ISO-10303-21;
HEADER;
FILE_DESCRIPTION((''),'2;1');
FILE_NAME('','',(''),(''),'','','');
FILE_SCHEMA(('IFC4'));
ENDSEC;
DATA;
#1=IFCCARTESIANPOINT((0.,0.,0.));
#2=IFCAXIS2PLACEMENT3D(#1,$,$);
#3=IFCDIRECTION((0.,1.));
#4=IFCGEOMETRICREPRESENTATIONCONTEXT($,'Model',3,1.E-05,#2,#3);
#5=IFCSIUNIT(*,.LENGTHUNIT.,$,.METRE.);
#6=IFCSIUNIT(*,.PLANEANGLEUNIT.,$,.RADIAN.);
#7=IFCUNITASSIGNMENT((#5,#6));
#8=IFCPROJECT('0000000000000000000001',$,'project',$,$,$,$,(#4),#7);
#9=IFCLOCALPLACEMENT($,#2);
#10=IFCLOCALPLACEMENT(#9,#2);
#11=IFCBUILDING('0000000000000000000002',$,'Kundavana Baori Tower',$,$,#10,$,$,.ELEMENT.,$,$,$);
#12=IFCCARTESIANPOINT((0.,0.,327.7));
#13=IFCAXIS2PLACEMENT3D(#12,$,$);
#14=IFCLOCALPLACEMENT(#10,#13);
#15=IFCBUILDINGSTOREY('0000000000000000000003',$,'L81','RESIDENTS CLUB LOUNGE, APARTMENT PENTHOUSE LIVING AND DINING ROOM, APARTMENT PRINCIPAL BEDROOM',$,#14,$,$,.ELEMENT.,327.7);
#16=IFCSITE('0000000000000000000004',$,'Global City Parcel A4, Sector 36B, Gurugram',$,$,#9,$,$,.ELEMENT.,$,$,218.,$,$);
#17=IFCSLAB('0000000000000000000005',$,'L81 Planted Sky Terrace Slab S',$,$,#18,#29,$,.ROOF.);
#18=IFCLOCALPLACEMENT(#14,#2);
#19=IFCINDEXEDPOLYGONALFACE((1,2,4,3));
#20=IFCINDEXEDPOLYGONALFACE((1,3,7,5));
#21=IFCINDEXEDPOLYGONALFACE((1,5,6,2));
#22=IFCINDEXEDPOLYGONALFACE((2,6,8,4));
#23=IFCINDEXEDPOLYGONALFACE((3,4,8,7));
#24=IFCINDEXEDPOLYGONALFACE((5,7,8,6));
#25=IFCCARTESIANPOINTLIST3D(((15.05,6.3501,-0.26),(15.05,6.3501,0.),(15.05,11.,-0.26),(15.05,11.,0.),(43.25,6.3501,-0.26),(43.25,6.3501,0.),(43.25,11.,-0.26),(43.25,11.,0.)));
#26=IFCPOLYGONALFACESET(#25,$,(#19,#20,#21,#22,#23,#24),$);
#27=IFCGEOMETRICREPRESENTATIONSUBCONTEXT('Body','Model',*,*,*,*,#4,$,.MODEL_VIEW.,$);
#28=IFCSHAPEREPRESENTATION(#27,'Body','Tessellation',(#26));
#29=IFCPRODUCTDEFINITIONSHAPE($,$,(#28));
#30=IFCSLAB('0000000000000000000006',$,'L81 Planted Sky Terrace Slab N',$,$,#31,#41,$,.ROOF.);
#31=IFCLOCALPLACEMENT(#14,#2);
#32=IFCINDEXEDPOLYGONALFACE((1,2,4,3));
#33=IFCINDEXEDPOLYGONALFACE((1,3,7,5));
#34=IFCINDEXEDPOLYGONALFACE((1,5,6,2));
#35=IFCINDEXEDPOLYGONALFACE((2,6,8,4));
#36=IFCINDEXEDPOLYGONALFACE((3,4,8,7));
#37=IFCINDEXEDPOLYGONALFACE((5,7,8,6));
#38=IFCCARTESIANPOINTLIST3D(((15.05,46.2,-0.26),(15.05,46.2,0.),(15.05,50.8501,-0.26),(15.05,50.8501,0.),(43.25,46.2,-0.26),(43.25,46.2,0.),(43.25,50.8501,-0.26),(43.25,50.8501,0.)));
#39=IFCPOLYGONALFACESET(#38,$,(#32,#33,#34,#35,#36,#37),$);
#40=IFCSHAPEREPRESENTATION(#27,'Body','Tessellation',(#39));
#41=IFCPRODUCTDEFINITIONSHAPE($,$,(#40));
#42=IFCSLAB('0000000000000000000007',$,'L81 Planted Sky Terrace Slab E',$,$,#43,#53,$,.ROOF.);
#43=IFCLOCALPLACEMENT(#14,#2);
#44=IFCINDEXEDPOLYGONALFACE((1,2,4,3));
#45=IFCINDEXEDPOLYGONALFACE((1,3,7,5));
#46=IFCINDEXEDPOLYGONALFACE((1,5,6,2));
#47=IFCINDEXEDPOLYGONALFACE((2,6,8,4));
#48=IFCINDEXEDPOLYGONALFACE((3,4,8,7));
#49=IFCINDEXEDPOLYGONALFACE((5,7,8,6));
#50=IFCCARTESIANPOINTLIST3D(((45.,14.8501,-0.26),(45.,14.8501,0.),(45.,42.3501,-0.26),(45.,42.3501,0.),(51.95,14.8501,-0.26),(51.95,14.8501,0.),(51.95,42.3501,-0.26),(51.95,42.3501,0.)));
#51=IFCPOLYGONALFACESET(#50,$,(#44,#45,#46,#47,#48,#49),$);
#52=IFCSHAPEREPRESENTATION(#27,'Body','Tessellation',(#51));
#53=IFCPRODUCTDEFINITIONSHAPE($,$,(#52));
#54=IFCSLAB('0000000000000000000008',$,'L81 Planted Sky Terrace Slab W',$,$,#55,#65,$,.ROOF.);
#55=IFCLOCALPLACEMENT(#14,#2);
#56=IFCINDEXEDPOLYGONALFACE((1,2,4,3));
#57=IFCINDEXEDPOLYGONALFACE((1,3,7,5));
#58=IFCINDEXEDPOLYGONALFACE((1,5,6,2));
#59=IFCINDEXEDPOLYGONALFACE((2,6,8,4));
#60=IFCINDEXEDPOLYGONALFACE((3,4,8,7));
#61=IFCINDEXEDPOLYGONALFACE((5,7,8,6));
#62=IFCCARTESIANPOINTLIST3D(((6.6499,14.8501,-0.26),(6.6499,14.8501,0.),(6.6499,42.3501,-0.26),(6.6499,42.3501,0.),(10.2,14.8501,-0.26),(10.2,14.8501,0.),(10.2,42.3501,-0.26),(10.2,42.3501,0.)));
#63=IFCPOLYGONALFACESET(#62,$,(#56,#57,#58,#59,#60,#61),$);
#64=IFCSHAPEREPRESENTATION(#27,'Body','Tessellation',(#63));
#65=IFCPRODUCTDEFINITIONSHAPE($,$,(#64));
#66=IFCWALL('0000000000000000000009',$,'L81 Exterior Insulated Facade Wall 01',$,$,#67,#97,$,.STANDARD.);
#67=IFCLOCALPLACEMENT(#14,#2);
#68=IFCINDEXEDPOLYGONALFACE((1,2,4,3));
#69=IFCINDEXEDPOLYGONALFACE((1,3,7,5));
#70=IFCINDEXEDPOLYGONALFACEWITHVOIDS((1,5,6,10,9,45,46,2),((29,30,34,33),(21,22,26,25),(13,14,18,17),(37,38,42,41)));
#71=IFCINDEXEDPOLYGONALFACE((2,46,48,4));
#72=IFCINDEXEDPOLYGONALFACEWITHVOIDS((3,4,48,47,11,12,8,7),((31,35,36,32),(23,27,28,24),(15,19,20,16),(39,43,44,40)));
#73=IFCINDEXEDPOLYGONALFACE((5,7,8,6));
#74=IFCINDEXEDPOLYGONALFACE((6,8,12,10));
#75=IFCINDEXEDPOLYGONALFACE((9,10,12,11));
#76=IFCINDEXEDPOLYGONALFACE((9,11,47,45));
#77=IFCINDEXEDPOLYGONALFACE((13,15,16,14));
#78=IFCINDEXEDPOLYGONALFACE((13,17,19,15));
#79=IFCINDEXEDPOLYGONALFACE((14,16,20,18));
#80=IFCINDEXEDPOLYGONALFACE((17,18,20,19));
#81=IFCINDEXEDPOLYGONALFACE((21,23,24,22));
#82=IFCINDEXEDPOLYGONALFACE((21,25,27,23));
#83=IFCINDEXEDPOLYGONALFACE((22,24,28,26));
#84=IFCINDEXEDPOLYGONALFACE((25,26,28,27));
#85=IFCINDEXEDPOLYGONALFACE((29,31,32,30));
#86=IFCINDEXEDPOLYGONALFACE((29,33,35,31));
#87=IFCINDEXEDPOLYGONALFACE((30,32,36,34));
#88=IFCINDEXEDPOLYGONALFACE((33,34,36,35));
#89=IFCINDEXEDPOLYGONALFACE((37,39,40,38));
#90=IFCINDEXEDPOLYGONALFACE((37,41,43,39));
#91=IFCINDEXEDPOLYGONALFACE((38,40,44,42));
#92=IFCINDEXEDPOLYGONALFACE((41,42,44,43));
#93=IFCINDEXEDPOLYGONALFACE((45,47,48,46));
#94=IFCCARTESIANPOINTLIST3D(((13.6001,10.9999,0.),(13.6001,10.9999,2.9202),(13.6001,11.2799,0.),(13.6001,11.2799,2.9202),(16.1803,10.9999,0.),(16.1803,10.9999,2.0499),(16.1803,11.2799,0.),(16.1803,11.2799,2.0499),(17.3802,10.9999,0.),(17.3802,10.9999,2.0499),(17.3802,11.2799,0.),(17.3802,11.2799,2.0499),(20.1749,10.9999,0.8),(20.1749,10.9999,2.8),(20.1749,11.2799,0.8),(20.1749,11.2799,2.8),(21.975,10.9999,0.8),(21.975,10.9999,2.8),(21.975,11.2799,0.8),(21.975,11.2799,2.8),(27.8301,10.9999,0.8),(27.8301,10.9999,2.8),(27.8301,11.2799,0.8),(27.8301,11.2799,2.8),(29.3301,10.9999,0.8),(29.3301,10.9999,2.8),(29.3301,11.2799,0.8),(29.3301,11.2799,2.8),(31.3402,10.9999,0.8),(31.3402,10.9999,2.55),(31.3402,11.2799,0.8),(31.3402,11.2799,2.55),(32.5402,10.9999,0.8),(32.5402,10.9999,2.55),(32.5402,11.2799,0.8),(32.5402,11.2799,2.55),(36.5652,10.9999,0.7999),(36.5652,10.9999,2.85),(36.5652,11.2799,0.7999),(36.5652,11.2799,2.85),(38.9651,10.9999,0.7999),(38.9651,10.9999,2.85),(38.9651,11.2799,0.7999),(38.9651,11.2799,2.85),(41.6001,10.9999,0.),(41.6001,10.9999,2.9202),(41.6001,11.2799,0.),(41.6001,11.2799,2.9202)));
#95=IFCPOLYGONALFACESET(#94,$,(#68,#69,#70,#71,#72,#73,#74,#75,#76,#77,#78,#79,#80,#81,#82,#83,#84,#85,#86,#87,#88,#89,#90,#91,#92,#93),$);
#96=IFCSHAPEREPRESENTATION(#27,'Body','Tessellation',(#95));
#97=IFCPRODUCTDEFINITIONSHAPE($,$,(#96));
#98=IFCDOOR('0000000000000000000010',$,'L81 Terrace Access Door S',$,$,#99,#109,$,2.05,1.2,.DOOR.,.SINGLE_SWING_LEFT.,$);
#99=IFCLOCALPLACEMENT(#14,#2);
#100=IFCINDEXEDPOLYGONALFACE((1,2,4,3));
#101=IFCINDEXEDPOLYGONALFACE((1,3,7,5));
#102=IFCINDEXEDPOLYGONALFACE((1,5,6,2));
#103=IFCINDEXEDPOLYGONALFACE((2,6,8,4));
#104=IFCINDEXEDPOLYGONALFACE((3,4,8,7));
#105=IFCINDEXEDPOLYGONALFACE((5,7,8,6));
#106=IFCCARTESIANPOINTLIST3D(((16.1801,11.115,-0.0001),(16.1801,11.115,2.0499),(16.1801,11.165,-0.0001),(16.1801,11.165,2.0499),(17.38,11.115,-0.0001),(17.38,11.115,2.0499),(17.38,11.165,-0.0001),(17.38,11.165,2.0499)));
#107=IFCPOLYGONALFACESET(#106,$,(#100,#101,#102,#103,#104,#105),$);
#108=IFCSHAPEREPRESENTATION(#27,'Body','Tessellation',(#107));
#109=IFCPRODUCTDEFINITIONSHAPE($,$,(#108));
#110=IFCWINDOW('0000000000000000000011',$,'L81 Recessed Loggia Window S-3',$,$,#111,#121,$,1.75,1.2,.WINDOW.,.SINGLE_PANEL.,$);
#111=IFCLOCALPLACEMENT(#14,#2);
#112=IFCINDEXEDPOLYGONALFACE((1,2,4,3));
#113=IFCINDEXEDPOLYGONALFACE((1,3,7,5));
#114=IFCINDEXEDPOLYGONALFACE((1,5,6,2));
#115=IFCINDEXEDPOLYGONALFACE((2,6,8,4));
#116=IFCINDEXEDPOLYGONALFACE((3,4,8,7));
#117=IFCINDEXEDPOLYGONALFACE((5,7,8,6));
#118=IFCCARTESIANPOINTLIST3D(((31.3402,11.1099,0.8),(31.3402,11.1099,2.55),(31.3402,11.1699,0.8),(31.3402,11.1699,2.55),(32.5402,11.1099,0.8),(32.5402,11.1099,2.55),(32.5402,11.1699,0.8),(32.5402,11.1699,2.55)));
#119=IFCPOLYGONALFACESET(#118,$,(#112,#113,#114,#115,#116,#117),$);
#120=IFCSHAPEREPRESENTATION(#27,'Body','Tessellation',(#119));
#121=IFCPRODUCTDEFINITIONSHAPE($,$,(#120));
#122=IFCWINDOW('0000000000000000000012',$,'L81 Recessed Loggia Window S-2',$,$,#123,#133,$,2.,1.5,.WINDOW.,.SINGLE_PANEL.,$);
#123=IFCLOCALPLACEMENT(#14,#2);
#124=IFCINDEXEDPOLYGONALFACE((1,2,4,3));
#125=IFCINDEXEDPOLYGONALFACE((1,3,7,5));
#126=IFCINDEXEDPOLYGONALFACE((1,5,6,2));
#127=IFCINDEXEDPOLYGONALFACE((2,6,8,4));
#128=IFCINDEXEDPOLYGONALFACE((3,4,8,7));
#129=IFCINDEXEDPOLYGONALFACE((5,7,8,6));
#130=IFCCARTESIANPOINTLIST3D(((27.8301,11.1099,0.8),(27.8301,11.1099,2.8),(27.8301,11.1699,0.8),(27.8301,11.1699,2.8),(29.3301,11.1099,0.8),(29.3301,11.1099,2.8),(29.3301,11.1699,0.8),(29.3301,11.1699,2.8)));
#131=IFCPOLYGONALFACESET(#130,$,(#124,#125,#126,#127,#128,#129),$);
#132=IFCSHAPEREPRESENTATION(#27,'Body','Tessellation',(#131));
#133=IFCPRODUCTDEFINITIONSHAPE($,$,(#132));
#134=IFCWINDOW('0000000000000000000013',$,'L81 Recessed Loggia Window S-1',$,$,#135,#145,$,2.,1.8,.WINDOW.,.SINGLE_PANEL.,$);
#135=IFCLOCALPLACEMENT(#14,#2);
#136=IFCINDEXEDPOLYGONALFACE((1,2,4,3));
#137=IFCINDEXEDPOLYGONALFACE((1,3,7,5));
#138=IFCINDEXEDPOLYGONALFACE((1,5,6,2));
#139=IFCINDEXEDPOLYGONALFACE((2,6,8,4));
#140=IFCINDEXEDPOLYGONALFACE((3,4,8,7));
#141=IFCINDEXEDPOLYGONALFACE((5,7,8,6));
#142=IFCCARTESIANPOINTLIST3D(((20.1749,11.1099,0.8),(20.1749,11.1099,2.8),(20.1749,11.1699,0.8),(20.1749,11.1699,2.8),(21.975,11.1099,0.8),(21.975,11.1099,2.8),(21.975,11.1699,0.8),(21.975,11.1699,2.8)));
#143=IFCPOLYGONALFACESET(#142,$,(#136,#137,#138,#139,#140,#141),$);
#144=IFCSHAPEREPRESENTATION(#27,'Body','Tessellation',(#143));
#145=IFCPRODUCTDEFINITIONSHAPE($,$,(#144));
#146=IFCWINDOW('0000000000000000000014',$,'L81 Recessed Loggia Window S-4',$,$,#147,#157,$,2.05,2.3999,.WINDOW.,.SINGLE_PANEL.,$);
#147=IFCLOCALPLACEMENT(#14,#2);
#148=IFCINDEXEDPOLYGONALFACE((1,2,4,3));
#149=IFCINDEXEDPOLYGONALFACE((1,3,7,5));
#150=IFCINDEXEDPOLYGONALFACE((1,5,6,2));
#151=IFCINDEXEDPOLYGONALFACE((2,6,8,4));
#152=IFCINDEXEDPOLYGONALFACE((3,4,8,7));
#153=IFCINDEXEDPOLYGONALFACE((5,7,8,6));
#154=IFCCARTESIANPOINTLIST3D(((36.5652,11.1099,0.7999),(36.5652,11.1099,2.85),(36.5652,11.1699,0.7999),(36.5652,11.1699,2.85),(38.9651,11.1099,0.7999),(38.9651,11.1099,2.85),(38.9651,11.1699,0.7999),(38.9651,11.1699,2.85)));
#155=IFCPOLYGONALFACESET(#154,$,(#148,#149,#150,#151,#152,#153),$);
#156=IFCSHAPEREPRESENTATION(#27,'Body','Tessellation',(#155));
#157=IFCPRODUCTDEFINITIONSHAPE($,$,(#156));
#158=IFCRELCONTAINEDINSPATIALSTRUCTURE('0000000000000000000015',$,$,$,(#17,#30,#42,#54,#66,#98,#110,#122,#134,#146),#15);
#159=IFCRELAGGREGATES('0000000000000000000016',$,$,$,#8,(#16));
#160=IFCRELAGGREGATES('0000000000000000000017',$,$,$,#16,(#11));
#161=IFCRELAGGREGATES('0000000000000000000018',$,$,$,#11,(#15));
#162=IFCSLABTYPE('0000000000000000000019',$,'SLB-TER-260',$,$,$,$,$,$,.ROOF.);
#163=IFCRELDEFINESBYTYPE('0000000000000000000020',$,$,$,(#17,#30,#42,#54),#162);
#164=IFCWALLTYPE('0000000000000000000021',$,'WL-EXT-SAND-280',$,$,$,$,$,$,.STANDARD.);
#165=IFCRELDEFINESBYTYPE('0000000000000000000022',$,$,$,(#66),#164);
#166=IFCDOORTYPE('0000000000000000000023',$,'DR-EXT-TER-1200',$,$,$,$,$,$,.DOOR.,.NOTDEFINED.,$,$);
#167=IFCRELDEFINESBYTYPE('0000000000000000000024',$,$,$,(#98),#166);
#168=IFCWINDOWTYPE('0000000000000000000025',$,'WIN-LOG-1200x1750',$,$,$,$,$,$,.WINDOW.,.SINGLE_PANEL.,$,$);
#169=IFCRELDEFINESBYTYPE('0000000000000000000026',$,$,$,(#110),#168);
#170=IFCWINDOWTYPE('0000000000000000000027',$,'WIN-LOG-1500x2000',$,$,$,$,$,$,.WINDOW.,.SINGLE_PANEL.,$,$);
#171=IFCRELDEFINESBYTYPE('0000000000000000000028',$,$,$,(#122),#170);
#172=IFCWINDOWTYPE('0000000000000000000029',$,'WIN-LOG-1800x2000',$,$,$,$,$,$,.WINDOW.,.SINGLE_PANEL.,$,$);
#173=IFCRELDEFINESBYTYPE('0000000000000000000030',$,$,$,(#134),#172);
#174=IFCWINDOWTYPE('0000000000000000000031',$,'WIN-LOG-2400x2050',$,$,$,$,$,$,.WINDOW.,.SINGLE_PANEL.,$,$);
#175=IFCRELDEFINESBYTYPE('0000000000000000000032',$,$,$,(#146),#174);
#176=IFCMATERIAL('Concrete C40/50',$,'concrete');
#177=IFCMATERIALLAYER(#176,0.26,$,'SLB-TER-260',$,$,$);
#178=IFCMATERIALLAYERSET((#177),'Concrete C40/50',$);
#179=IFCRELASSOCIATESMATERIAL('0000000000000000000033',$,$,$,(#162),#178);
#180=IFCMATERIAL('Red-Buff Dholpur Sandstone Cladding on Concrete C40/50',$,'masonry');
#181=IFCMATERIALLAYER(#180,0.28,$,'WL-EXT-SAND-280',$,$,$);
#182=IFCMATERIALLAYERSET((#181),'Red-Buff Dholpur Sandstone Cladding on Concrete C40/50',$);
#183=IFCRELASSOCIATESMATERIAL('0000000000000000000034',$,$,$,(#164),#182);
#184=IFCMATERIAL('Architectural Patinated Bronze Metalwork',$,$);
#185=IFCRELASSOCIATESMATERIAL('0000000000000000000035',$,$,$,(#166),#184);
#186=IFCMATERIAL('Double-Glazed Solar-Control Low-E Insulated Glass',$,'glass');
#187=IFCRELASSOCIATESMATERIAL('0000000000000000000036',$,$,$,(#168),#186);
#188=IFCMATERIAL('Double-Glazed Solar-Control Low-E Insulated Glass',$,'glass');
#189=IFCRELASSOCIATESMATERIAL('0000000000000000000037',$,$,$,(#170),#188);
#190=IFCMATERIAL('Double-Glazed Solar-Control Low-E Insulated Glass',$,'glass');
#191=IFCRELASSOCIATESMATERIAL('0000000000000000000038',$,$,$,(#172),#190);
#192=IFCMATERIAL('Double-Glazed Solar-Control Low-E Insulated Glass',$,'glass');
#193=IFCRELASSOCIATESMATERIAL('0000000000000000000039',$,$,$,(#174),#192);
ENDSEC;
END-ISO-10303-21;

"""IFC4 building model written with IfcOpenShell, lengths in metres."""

from ifc_helpers import new_model, si_unit, direction, frame, frame_2d, origin, place, context, subcontext, project, spatial, polyline, rectangle, outline, extrude, material, layer, layer_set, type_object, element, fill, save


model = new_model("IFC4")

# Units and contexts
model_context = context("Model", 3, precision=1e-05, world=origin(), true_north=direction((0.0, 1.0)))
body_context = subcontext(model_context, "Body", "Model", "MODEL_VIEW")
ifc_project = project(units=[si_unit("LENGTHUNIT", "METRE"), si_unit("PLANEANGLEUNIT", "RADIAN")], contexts=[model_context])

# Site, building, storey
site_placement = place(None, origin())
site = spatial("IfcSite", under=ifc_project, at=site_placement, Name="Global City Parcel A4, Sector 36B, Gurugram", CompositionType="ELEMENT", RefElevation=218.0)
building_placement = place(site_placement, origin())
building = spatial("IfcBuilding", under=site, at=building_placement, Name="Kundavana Baori Tower", CompositionType="ELEMENT")
storey_placement = place(building_placement, frame((0.0, 0.0, 327.7)))
storey = spatial("IfcBuildingStorey", under=building, at=storey_placement, Name="L81", Description="RESIDENTS CLUB LOUNGE, APARTMENT PENTHOUSE LIVING AND DINING ROOM, APARTMENT PRINCIPAL BEDROOM", CompositionType="ELEMENT", Elevation=327.7)

# Slabs
ifc_material_1 = material(Name="Concrete C40/50", Category="concrete")
ifc_layer_1 = layer(ifc_material_1, 0.26, Name="SLB-TER-260")
ifc_layer_set_1 = layer_set([ifc_layer_1], Name="Concrete C40/50")
slab_type_1 = type_object("IfcSlabType", Name="SLB-TER-260", PredefinedType="ROOF", material=ifc_layer_set_1)
slab_1_placement = place(storey_placement, frame((0.0, 0.0, -0.26)))
element("IfcSlab", 1, at=slab_1_placement, inside=storey, type_object=slab_type_1, Name="L81 Planted Sky Terrace Slab S", PredefinedType="ROOF", context=body_context, shape_type="SweptSolid", body=[
    extrude(outline(polyline([(15.05, 11.0), (43.25, 11.0), (43.25, 6.3501), (15.05, 6.3501), (15.05, 11.0)])), origin(), (0.0, 0.0, 1.0), 0.26),
])
slab_2_placement = place(storey_placement, frame((0.0, 0.0, -0.26)))
element("IfcSlab", 2, at=slab_2_placement, inside=storey, type_object=slab_type_1, Name="L81 Planted Sky Terrace Slab N", PredefinedType="ROOF", context=body_context, shape_type="SweptSolid", body=[
    extrude(outline(polyline([(43.25, 46.2), (15.05, 46.2), (15.05, 50.8501), (43.25, 50.8501), (43.25, 46.2)])), origin(), (0.0, 0.0, 1.0), 0.26),
])
slab_3_placement = place(storey_placement, frame((0.0, 0.0, -0.26)))
element("IfcSlab", 3, at=slab_3_placement, inside=storey, type_object=slab_type_1, Name="L81 Planted Sky Terrace Slab E", PredefinedType="ROOF", context=body_context, shape_type="SweptSolid", body=[
    extrude(outline(polyline([(45.0, 14.8501), (45.0, 42.3501), (51.95, 42.3501), (51.95, 14.8501), (45.0, 14.8501)])), origin(), (0.0, 0.0, 1.0), 0.26),
])
slab_4_placement = place(storey_placement, frame((0.0, 0.0, -0.26)))
element("IfcSlab", 4, at=slab_4_placement, inside=storey, type_object=slab_type_1, Name="L81 Planted Sky Terrace Slab W", PredefinedType="ROOF", context=body_context, shape_type="SweptSolid", body=[
    extrude(outline(polyline([(10.2, 42.3501), (10.2, 14.8501), (6.6499, 14.8501), (6.6499, 42.3501), (10.2, 42.3501)])), origin(), (0.0, 0.0, 1.0), 0.26),
])

# Wall, openings, door, windows
ifc_material_2 = material(Name="Red-Buff Dholpur Sandstone Cladding on Concrete C40/50", Category="masonry")
ifc_layer_2 = layer(ifc_material_2, 0.28, Name="WL-EXT-SAND-280")
ifc_layer_set_2 = layer_set([ifc_layer_2], Name="Red-Buff Dholpur Sandstone Cladding on Concrete C40/50")
wall_type_1 = type_object("IfcWallType", Name="WL-EXT-SAND-280", PredefinedType="STANDARD", material=ifc_layer_set_2)
wall_1_placement = place(storey_placement, frame((13.6001, 11.1399, 0.0), z_axis=(0.0, 0.0, 1.0), x_axis=(1.0, 0.0, 0.0)))
wall_1 = element("IfcWall", 5, at=wall_1_placement, inside=storey, type_object=wall_type_1, Name="L81 Exterior Insulated Facade Wall 01", PredefinedType="STANDARD", context=body_context, shape_type="SweptSolid", body=[
    extrude(rectangle(XDim=28.0, YDim=0.28, at=frame_2d((14.0, 0.0))), origin(), (0.0, 0.0, 1.0), 2.9202),
])
opening_1_placement = place(wall_1_placement, frame((2.5801, 0.0, 0.0)))
opening_1 = element("IfcOpeningElement", 6, at=opening_1_placement, cuts=wall_1, PredefinedType="OPENING", context=body_context, shape_type="SweptSolid", body=[
    extrude(rectangle(XDim=1.2, YDim=2.05, at=frame_2d((0.6001, 1.0249))), frame((0.0, 0.1499, 0.0), z_axis=(0.0, -1.0, 0.0), x_axis=(1.0, 0.0, 0.0)), (0.0, 0.0, 1.0), 0.3),
])
opening_2_placement = place(wall_1_placement, frame((6.575, 0.0, 0.8)))
opening_2 = element("IfcOpeningElement", 7, at=opening_2_placement, cuts=wall_1, PredefinedType="OPENING", context=body_context, shape_type="SweptSolid", body=[
    extrude(rectangle(XDim=1.8, YDim=2.0, at=frame_2d((0.8999, 1.0))), frame((0.0, 0.1499, 0.0), z_axis=(0.0, -1.0, 0.0), x_axis=(1.0, 0.0, 0.0)), (0.0, 0.0, 1.0), 0.3),
])
opening_3_placement = place(wall_1_placement, frame((14.23, 0.0, 0.8)))
opening_3 = element("IfcOpeningElement", 8, at=opening_3_placement, cuts=wall_1, PredefinedType="OPENING", context=body_context, shape_type="SweptSolid", body=[
    extrude(rectangle(XDim=1.5, YDim=2.0, at=frame_2d((0.75, 1.0))), frame((0.0, 0.1499, 0.0), z_axis=(0.0, -1.0, 0.0), x_axis=(1.0, 0.0, 0.0)), (0.0, 0.0, 1.0), 0.3),
])
opening_4_placement = place(wall_1_placement, frame((17.74, 0.0, 0.8)))
opening_4 = element("IfcOpeningElement", 9, at=opening_4_placement, cuts=wall_1, PredefinedType="OPENING", context=body_context, shape_type="SweptSolid", body=[
    extrude(rectangle(XDim=1.2, YDim=1.75, at=frame_2d((0.6001, 0.875))), frame((0.0, 0.1499, 0.0), z_axis=(0.0, -1.0, 0.0), x_axis=(1.0, 0.0, 0.0)), (0.0, 0.0, 1.0), 0.3),
])
opening_5_placement = place(wall_1_placement, frame((22.9651, 0.0, 0.8)))
opening_5 = element("IfcOpeningElement", 10, at=opening_5_placement, cuts=wall_1, PredefinedType="OPENING", context=body_context, shape_type="SweptSolid", body=[
    extrude(rectangle(XDim=2.3999, YDim=2.05, at=frame_2d((1.2, 1.0249))), frame((0.0, 0.1499, 0.0), z_axis=(0.0, -1.0, 0.0), x_axis=(1.0, 0.0, 0.0)), (0.0, 0.0, 1.0), 0.3),
])
ifc_material_3 = material(Name="Architectural Patinated Bronze Metalwork")
door_type_1 = type_object("IfcDoorType", Name="DR-EXT-TER-1200", OperationType="NOTDEFINED", PredefinedType="DOOR", material=ifc_material_3)
door_1_placement = place(opening_1_placement, frame((1.2, 0.0, 0.0), z_axis=(0.0, 0.0, 1.0), x_axis=(-1.0, 0.0, 0.0)))
door_1 = element("IfcDoor", 11, at=door_1_placement, inside=storey, type_object=door_type_1, Name="L81 Terrace Access Door S", OperationType="SINGLE_SWING_LEFT", OverallHeight=2.05, OverallWidth=1.2, PredefinedType="DOOR", context=body_context, shape_type="SweptSolid", body=[
    extrude(rectangle(XDim=1.2, YDim=2.05, at=frame_2d((0.6001, 1.0249))), frame((0.0, 0.0249, 0.0), z_axis=(0.0, -1.0, 0.0), x_axis=(1.0, 0.0, 0.0)), (0.0, 0.0, 1.0), 0.05),
])
fill(opening_1, door_1)
ifc_material_4 = material(Name="Double-Glazed Solar-Control Low-E Insulated Glass", Category="glass")
window_type_1 = type_object("IfcWindowType", Name="WIN-LOG-1200x1750", PartitioningType="SINGLE_PANEL", PredefinedType="WINDOW", material=ifc_material_4)
window_1_placement = place(opening_4_placement, origin())
window_1 = element("IfcWindow", 12, at=window_1_placement, inside=storey, type_object=window_type_1, Name="L81 Recessed Loggia Window S-3", OverallHeight=1.75, OverallWidth=1.2, PartitioningType="SINGLE_PANEL", PredefinedType="WINDOW", context=body_context, shape_type="SweptSolid", body=[
    extrude(rectangle(XDim=1.2, YDim=1.75, at=frame_2d((0.6001, 0.875))), frame((0.0, 0.03, 0.0), z_axis=(0.0, -1.0, 0.0), x_axis=(1.0, 0.0, 0.0)), (0.0, 0.0, 1.0), 0.0601),
])
fill(opening_4, window_1)
ifc_material_5 = material(Name="Double-Glazed Solar-Control Low-E Insulated Glass", Category="glass")
window_type_2 = type_object("IfcWindowType", Name="WIN-LOG-1500x2000", PartitioningType="SINGLE_PANEL", PredefinedType="WINDOW", material=ifc_material_5)
window_2_placement = place(opening_3_placement, origin())
window_2 = element("IfcWindow", 13, at=window_2_placement, inside=storey, type_object=window_type_2, Name="L81 Recessed Loggia Window S-2", OverallHeight=2.0, OverallWidth=1.5, PartitioningType="SINGLE_PANEL", PredefinedType="WINDOW", context=body_context, shape_type="SweptSolid", body=[
    extrude(rectangle(XDim=1.5, YDim=2.0, at=frame_2d((0.75, 1.0))), frame((0.0, 0.03, 0.0), z_axis=(0.0, -1.0, 0.0), x_axis=(1.0, 0.0, 0.0)), (0.0, 0.0, 1.0), 0.0601),
])
fill(opening_3, window_2)
ifc_material_6 = material(Name="Double-Glazed Solar-Control Low-E Insulated Glass", Category="glass")
window_type_3 = type_object("IfcWindowType", Name="WIN-LOG-1800x2000", PartitioningType="SINGLE_PANEL", PredefinedType="WINDOW", material=ifc_material_6)
window_3_placement = place(opening_2_placement, origin())
window_3 = element("IfcWindow", 14, at=window_3_placement, inside=storey, type_object=window_type_3, Name="L81 Recessed Loggia Window S-1", OverallHeight=2.0, OverallWidth=1.8, PartitioningType="SINGLE_PANEL", PredefinedType="WINDOW", context=body_context, shape_type="SweptSolid", body=[
    extrude(rectangle(XDim=1.8, YDim=2.0, at=frame_2d((0.8999, 1.0))), frame((0.0, 0.03, 0.0), z_axis=(0.0, -1.0, 0.0), x_axis=(1.0, 0.0, 0.0)), (0.0, 0.0, 1.0), 0.0601),
])
fill(opening_2, window_3)
ifc_material_7 = material(Name="Double-Glazed Solar-Control Low-E Insulated Glass", Category="glass")
window_type_4 = type_object("IfcWindowType", Name="WIN-LOG-2400x2050", PartitioningType="SINGLE_PANEL", PredefinedType="WINDOW", material=ifc_material_7)
window_4_placement = place(opening_5_placement, origin())
window_4 = element("IfcWindow", 15, at=window_4_placement, inside=storey, type_object=window_type_4, Name="L81 Recessed Loggia Window S-4", OverallHeight=2.05, OverallWidth=2.3999, PartitioningType="SINGLE_PANEL", PredefinedType="WINDOW", context=body_context, shape_type="SweptSolid", body=[
    extrude(rectangle(XDim=2.3999, YDim=2.05, at=frame_2d((1.2, 1.0249))), frame((0.0, 0.03, 0.0), z_axis=(0.0, -1.0, 0.0), x_axis=(1.0, 0.0, 0.0)), (0.0, 0.0, 1.0), 0.0601),
])
fill(opening_5, window_4)

save(model, "model.ifc")
